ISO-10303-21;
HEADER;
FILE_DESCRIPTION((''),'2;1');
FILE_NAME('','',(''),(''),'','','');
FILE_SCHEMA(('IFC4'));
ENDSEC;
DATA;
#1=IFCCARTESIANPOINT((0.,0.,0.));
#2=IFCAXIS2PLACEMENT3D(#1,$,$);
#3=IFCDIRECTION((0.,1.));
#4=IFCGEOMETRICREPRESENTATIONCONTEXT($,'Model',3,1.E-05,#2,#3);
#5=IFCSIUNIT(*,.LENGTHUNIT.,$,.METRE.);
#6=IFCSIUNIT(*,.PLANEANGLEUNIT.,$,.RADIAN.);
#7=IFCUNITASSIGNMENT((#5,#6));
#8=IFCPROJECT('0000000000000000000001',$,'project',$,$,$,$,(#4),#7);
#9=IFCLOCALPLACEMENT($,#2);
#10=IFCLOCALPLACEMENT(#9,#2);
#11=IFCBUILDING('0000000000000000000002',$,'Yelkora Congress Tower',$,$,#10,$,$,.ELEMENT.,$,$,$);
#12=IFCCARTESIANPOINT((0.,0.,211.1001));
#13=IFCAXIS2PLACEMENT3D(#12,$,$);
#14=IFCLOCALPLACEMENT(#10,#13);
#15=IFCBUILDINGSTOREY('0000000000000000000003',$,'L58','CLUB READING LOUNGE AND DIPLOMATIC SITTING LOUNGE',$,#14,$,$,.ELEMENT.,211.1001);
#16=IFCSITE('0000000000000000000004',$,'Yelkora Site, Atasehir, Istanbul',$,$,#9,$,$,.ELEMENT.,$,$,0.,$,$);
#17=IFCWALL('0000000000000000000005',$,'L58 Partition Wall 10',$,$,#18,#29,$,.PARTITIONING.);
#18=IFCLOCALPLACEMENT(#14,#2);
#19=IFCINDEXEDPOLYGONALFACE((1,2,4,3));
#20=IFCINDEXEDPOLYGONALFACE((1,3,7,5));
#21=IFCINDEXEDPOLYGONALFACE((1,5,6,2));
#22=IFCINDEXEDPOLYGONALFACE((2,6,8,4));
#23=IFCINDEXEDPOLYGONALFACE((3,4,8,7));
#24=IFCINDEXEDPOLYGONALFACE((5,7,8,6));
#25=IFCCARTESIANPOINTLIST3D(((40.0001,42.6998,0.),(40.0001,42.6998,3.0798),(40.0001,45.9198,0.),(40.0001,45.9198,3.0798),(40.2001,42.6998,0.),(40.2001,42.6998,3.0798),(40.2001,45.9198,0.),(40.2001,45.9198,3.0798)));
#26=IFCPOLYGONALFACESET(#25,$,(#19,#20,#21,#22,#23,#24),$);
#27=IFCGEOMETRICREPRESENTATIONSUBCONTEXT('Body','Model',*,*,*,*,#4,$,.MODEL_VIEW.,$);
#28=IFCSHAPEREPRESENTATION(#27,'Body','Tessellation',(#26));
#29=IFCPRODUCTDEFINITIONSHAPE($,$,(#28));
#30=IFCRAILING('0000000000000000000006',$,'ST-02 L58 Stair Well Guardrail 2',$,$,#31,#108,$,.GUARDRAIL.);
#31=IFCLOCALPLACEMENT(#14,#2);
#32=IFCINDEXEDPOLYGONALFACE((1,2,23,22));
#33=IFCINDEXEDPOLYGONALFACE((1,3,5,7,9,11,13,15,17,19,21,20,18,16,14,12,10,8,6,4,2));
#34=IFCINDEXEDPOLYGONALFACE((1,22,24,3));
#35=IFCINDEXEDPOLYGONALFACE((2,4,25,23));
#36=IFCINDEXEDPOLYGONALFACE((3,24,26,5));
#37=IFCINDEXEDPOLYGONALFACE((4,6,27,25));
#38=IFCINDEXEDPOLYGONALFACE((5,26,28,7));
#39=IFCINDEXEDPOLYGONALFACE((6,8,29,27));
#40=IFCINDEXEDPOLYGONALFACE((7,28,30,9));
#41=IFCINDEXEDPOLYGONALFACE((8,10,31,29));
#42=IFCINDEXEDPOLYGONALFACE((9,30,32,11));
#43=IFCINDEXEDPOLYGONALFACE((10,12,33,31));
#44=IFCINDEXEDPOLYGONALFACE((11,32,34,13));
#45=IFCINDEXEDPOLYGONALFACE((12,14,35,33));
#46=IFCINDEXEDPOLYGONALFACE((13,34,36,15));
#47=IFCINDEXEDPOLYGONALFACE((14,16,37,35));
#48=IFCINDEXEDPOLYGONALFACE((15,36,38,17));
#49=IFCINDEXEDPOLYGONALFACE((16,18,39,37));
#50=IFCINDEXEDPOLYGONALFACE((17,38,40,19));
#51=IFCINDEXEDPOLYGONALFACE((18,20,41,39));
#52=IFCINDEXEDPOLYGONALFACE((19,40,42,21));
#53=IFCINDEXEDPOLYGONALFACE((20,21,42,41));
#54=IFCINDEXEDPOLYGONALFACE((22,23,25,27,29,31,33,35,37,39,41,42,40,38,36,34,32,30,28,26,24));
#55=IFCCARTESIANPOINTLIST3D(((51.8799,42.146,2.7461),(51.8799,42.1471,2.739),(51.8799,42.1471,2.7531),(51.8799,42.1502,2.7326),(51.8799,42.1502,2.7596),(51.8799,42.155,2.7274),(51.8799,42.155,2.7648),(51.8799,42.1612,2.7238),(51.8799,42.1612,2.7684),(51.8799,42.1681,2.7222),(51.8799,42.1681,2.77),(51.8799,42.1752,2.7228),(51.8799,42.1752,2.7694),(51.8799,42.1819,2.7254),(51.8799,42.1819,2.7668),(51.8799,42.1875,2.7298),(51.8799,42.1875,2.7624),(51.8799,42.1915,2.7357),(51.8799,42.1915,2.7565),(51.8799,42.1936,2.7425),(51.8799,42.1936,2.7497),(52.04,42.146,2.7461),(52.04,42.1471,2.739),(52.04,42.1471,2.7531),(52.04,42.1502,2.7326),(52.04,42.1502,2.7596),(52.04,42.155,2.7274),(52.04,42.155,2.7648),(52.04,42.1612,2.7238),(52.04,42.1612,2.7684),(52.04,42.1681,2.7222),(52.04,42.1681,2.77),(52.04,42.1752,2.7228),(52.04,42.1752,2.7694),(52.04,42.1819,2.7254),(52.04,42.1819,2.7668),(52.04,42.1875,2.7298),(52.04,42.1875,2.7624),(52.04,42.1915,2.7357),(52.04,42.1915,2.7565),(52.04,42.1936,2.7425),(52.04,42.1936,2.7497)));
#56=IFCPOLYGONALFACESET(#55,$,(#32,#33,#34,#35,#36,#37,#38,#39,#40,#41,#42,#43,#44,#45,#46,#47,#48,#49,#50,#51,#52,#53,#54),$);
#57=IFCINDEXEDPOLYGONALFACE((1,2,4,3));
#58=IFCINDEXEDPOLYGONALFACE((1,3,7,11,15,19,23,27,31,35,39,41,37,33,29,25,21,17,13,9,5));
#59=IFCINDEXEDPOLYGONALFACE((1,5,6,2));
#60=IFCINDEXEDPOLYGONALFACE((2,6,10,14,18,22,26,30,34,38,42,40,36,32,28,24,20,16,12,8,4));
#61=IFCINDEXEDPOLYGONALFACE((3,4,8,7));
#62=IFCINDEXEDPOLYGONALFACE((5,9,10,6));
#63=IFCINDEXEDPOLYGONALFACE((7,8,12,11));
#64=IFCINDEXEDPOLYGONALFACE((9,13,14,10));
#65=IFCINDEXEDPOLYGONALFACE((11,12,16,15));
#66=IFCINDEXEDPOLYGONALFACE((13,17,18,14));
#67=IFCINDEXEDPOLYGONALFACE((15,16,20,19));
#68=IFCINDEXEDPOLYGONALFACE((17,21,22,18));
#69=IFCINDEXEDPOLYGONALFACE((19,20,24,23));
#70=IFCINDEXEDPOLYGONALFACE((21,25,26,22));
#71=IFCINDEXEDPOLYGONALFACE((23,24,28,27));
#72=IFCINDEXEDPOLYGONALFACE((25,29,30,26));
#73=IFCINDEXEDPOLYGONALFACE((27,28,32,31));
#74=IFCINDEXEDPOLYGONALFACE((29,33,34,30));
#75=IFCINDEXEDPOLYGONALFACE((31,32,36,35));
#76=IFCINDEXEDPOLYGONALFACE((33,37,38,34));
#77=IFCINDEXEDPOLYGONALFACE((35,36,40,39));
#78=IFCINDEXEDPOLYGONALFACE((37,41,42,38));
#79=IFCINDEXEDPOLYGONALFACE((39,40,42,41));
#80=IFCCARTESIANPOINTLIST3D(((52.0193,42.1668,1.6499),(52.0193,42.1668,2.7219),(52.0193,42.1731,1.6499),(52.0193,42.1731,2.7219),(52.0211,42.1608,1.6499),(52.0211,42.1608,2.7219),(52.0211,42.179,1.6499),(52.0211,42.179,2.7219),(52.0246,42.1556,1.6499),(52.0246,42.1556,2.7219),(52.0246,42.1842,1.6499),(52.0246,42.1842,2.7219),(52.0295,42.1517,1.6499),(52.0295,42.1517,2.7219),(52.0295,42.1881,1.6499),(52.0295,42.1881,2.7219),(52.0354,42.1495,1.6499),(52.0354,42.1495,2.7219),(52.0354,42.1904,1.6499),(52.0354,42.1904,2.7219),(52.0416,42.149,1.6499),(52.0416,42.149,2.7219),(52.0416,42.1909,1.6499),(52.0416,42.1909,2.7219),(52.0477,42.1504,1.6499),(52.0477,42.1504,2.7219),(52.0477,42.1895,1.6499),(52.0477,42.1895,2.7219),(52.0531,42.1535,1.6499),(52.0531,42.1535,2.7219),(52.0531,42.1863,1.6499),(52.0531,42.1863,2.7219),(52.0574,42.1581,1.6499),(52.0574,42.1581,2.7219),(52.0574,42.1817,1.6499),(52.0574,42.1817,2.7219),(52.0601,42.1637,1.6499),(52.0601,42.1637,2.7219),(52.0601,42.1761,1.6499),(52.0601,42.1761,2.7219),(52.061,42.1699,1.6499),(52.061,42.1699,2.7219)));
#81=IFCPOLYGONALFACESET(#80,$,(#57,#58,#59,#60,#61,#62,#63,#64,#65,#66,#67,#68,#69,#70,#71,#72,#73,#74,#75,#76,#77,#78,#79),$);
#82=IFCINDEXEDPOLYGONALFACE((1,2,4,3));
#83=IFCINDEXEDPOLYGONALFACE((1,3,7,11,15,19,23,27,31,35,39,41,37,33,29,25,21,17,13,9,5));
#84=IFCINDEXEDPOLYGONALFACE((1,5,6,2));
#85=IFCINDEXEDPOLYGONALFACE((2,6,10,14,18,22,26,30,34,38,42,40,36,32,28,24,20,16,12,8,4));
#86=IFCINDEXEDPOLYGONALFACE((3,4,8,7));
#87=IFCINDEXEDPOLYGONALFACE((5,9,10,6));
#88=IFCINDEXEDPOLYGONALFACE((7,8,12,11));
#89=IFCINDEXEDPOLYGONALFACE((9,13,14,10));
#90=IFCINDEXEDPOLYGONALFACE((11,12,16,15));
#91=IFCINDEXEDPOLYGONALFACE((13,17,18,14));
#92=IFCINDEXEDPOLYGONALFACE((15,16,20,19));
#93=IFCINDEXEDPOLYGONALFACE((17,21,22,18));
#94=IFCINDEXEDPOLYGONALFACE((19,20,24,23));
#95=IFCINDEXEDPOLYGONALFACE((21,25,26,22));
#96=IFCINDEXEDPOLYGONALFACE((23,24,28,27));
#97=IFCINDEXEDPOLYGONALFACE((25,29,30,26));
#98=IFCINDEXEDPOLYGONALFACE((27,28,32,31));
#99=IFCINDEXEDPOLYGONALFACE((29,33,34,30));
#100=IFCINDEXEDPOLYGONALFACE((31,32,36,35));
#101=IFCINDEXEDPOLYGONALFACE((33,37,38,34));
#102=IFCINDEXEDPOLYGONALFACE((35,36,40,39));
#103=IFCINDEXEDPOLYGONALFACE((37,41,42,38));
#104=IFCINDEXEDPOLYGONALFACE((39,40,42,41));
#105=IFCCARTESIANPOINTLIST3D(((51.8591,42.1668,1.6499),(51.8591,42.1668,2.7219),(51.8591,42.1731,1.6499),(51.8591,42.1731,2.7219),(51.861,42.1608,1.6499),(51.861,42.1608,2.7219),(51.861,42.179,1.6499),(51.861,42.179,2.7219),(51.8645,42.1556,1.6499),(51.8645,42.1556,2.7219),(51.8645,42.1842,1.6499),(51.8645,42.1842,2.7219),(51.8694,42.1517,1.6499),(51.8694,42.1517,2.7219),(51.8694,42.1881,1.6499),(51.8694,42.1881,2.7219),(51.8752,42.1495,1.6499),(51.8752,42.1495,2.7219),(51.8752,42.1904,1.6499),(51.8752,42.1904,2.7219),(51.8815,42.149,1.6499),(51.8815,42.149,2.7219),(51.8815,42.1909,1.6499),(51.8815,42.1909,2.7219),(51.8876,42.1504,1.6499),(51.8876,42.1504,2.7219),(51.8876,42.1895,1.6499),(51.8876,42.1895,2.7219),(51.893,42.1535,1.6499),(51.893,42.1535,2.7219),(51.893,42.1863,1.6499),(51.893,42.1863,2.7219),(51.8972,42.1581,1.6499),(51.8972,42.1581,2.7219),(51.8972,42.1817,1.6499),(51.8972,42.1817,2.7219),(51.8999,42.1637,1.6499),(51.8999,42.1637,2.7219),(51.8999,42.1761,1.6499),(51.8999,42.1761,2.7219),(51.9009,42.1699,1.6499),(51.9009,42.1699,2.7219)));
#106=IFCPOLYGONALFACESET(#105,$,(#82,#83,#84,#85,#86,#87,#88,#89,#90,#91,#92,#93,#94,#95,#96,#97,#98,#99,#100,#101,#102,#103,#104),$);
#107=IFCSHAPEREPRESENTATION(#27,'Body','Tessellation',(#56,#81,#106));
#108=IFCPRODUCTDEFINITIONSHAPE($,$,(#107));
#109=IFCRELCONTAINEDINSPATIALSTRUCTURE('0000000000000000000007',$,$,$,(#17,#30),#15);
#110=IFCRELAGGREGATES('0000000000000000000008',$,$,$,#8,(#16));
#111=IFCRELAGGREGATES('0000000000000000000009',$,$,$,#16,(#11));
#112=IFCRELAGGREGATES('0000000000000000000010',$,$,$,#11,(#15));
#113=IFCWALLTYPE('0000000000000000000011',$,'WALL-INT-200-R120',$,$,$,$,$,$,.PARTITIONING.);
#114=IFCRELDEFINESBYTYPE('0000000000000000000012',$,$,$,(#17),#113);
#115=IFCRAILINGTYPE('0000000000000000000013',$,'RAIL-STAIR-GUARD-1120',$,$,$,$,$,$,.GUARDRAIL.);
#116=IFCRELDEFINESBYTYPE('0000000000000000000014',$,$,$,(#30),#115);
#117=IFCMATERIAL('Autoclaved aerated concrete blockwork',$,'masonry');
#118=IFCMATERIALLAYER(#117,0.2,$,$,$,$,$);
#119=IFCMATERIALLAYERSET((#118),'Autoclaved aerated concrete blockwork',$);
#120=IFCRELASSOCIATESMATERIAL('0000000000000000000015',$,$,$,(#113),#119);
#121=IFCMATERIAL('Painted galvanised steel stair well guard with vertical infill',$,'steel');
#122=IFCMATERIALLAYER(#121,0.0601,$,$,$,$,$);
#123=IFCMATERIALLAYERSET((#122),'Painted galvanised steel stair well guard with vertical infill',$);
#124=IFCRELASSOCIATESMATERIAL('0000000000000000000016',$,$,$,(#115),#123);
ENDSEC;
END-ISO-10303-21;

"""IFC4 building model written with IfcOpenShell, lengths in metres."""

from ifc_helpers import new_model, si_unit, direction, frame, frame_2d, origin, origin_2d, place, context, subcontext, project, spatial, rectangle, circle, extrude, material, layer, layer_set, type_object, element, save


model = new_model("IFC4")

# Units and contexts
model_context = context("Model", 3, precision=1e-05, world=origin(), true_north=direction((0.0, 1.0)))
body_context = subcontext(model_context, "Body", "Model", "MODEL_VIEW")
ifc_project = project(units=[si_unit("LENGTHUNIT", "METRE"), si_unit("PLANEANGLEUNIT", "RADIAN")], contexts=[model_context])

# Site, building, storey
site_placement = place(None, origin())
site = spatial("IfcSite", under=ifc_project, at=site_placement, Name="Yelkora Site, Atasehir, Istanbul", CompositionType="ELEMENT", RefElevation=0.0)
building_placement = place(site_placement, origin())
building = spatial("IfcBuilding", under=site, at=building_placement, Name="Yelkora Congress Tower", CompositionType="ELEMENT")
storey_placement = place(building_placement, frame((0.0, 0.0, 211.1001)))
storey = spatial("IfcBuildingStorey", under=building, at=storey_placement, Name="L58", Description="CLUB READING LOUNGE AND DIPLOMATIC SITTING LOUNGE", CompositionType="ELEMENT", Elevation=211.1001)

# Wall
ifc_material_1 = material(Name="Autoclaved aerated concrete blockwork", Category="masonry")
ifc_layer_1 = layer(ifc_material_1, 0.2)
ifc_layer_set_1 = layer_set([ifc_layer_1], Name="Autoclaved aerated concrete blockwork")
wall_type_1 = type_object("IfcWallType", Name="WALL-INT-200-R120", PredefinedType="PARTITIONING", material=ifc_layer_set_1)
wall_1_placement = place(storey_placement, frame((40.1001, 42.7, 0.0), z_axis=(0.0, 0.0, 1.0), x_axis=(0.0, 1.0, 0.0)))
element("IfcWall", 1, at=wall_1_placement, inside=storey, type_object=wall_type_1, Name="L58 Partition Wall 10", PredefinedType="PARTITIONING", context=body_context, shape_type="SweptSolid", body=[
    extrude(rectangle(XDim=3.22, YDim=0.2, at=frame_2d((1.6099, 0.0))), origin(), (0.0, 0.0, 1.0), 3.0798),
])

# Railing
ifc_material_2 = material(Name="Painted galvanised steel stair well guard with vertical infill", Category="steel")
ifc_layer_2 = layer(ifc_material_2, 0.0601)
ifc_layer_set_2 = layer_set([ifc_layer_2], Name="Painted galvanised steel stair well guard with vertical infill")
railing_type = type_object("IfcRailingType", Name="RAIL-STAIR-GUARD-1120", PredefinedType="GUARDRAIL", material=ifc_layer_set_2)
railing_1_placement = place(storey_placement, frame((52.04, 42.1699, 1.6499)))
element("IfcRailing", 2, at=railing_1_placement, inside=storey, type_object=railing_type, Name="ST-02 L58 Stair Well Guardrail 2", PredefinedType="GUARDRAIL", context=body_context, shape_type="SweptSolid", body=[
    extrude(circle(Radius=0.0239, at=origin_2d()), frame((0.0, 0.0, 1.0962), z_axis=(-1.0, 0.0, 0.0), x_axis=(0.0, -1.0, 0.0)), (0.0, 0.0, 1.0), 0.1602),
    extrude(circle(Radius=0.021, at=origin_2d()), origin(), (0.0, 0.0, 1.0), 1.072),
    extrude(circle(Radius=0.021, at=origin_2d()), frame((-0.1602, 0.0, 0.0)), (0.0, 0.0, 1.0), 1.072),
])

save(model, "model.ifc")
